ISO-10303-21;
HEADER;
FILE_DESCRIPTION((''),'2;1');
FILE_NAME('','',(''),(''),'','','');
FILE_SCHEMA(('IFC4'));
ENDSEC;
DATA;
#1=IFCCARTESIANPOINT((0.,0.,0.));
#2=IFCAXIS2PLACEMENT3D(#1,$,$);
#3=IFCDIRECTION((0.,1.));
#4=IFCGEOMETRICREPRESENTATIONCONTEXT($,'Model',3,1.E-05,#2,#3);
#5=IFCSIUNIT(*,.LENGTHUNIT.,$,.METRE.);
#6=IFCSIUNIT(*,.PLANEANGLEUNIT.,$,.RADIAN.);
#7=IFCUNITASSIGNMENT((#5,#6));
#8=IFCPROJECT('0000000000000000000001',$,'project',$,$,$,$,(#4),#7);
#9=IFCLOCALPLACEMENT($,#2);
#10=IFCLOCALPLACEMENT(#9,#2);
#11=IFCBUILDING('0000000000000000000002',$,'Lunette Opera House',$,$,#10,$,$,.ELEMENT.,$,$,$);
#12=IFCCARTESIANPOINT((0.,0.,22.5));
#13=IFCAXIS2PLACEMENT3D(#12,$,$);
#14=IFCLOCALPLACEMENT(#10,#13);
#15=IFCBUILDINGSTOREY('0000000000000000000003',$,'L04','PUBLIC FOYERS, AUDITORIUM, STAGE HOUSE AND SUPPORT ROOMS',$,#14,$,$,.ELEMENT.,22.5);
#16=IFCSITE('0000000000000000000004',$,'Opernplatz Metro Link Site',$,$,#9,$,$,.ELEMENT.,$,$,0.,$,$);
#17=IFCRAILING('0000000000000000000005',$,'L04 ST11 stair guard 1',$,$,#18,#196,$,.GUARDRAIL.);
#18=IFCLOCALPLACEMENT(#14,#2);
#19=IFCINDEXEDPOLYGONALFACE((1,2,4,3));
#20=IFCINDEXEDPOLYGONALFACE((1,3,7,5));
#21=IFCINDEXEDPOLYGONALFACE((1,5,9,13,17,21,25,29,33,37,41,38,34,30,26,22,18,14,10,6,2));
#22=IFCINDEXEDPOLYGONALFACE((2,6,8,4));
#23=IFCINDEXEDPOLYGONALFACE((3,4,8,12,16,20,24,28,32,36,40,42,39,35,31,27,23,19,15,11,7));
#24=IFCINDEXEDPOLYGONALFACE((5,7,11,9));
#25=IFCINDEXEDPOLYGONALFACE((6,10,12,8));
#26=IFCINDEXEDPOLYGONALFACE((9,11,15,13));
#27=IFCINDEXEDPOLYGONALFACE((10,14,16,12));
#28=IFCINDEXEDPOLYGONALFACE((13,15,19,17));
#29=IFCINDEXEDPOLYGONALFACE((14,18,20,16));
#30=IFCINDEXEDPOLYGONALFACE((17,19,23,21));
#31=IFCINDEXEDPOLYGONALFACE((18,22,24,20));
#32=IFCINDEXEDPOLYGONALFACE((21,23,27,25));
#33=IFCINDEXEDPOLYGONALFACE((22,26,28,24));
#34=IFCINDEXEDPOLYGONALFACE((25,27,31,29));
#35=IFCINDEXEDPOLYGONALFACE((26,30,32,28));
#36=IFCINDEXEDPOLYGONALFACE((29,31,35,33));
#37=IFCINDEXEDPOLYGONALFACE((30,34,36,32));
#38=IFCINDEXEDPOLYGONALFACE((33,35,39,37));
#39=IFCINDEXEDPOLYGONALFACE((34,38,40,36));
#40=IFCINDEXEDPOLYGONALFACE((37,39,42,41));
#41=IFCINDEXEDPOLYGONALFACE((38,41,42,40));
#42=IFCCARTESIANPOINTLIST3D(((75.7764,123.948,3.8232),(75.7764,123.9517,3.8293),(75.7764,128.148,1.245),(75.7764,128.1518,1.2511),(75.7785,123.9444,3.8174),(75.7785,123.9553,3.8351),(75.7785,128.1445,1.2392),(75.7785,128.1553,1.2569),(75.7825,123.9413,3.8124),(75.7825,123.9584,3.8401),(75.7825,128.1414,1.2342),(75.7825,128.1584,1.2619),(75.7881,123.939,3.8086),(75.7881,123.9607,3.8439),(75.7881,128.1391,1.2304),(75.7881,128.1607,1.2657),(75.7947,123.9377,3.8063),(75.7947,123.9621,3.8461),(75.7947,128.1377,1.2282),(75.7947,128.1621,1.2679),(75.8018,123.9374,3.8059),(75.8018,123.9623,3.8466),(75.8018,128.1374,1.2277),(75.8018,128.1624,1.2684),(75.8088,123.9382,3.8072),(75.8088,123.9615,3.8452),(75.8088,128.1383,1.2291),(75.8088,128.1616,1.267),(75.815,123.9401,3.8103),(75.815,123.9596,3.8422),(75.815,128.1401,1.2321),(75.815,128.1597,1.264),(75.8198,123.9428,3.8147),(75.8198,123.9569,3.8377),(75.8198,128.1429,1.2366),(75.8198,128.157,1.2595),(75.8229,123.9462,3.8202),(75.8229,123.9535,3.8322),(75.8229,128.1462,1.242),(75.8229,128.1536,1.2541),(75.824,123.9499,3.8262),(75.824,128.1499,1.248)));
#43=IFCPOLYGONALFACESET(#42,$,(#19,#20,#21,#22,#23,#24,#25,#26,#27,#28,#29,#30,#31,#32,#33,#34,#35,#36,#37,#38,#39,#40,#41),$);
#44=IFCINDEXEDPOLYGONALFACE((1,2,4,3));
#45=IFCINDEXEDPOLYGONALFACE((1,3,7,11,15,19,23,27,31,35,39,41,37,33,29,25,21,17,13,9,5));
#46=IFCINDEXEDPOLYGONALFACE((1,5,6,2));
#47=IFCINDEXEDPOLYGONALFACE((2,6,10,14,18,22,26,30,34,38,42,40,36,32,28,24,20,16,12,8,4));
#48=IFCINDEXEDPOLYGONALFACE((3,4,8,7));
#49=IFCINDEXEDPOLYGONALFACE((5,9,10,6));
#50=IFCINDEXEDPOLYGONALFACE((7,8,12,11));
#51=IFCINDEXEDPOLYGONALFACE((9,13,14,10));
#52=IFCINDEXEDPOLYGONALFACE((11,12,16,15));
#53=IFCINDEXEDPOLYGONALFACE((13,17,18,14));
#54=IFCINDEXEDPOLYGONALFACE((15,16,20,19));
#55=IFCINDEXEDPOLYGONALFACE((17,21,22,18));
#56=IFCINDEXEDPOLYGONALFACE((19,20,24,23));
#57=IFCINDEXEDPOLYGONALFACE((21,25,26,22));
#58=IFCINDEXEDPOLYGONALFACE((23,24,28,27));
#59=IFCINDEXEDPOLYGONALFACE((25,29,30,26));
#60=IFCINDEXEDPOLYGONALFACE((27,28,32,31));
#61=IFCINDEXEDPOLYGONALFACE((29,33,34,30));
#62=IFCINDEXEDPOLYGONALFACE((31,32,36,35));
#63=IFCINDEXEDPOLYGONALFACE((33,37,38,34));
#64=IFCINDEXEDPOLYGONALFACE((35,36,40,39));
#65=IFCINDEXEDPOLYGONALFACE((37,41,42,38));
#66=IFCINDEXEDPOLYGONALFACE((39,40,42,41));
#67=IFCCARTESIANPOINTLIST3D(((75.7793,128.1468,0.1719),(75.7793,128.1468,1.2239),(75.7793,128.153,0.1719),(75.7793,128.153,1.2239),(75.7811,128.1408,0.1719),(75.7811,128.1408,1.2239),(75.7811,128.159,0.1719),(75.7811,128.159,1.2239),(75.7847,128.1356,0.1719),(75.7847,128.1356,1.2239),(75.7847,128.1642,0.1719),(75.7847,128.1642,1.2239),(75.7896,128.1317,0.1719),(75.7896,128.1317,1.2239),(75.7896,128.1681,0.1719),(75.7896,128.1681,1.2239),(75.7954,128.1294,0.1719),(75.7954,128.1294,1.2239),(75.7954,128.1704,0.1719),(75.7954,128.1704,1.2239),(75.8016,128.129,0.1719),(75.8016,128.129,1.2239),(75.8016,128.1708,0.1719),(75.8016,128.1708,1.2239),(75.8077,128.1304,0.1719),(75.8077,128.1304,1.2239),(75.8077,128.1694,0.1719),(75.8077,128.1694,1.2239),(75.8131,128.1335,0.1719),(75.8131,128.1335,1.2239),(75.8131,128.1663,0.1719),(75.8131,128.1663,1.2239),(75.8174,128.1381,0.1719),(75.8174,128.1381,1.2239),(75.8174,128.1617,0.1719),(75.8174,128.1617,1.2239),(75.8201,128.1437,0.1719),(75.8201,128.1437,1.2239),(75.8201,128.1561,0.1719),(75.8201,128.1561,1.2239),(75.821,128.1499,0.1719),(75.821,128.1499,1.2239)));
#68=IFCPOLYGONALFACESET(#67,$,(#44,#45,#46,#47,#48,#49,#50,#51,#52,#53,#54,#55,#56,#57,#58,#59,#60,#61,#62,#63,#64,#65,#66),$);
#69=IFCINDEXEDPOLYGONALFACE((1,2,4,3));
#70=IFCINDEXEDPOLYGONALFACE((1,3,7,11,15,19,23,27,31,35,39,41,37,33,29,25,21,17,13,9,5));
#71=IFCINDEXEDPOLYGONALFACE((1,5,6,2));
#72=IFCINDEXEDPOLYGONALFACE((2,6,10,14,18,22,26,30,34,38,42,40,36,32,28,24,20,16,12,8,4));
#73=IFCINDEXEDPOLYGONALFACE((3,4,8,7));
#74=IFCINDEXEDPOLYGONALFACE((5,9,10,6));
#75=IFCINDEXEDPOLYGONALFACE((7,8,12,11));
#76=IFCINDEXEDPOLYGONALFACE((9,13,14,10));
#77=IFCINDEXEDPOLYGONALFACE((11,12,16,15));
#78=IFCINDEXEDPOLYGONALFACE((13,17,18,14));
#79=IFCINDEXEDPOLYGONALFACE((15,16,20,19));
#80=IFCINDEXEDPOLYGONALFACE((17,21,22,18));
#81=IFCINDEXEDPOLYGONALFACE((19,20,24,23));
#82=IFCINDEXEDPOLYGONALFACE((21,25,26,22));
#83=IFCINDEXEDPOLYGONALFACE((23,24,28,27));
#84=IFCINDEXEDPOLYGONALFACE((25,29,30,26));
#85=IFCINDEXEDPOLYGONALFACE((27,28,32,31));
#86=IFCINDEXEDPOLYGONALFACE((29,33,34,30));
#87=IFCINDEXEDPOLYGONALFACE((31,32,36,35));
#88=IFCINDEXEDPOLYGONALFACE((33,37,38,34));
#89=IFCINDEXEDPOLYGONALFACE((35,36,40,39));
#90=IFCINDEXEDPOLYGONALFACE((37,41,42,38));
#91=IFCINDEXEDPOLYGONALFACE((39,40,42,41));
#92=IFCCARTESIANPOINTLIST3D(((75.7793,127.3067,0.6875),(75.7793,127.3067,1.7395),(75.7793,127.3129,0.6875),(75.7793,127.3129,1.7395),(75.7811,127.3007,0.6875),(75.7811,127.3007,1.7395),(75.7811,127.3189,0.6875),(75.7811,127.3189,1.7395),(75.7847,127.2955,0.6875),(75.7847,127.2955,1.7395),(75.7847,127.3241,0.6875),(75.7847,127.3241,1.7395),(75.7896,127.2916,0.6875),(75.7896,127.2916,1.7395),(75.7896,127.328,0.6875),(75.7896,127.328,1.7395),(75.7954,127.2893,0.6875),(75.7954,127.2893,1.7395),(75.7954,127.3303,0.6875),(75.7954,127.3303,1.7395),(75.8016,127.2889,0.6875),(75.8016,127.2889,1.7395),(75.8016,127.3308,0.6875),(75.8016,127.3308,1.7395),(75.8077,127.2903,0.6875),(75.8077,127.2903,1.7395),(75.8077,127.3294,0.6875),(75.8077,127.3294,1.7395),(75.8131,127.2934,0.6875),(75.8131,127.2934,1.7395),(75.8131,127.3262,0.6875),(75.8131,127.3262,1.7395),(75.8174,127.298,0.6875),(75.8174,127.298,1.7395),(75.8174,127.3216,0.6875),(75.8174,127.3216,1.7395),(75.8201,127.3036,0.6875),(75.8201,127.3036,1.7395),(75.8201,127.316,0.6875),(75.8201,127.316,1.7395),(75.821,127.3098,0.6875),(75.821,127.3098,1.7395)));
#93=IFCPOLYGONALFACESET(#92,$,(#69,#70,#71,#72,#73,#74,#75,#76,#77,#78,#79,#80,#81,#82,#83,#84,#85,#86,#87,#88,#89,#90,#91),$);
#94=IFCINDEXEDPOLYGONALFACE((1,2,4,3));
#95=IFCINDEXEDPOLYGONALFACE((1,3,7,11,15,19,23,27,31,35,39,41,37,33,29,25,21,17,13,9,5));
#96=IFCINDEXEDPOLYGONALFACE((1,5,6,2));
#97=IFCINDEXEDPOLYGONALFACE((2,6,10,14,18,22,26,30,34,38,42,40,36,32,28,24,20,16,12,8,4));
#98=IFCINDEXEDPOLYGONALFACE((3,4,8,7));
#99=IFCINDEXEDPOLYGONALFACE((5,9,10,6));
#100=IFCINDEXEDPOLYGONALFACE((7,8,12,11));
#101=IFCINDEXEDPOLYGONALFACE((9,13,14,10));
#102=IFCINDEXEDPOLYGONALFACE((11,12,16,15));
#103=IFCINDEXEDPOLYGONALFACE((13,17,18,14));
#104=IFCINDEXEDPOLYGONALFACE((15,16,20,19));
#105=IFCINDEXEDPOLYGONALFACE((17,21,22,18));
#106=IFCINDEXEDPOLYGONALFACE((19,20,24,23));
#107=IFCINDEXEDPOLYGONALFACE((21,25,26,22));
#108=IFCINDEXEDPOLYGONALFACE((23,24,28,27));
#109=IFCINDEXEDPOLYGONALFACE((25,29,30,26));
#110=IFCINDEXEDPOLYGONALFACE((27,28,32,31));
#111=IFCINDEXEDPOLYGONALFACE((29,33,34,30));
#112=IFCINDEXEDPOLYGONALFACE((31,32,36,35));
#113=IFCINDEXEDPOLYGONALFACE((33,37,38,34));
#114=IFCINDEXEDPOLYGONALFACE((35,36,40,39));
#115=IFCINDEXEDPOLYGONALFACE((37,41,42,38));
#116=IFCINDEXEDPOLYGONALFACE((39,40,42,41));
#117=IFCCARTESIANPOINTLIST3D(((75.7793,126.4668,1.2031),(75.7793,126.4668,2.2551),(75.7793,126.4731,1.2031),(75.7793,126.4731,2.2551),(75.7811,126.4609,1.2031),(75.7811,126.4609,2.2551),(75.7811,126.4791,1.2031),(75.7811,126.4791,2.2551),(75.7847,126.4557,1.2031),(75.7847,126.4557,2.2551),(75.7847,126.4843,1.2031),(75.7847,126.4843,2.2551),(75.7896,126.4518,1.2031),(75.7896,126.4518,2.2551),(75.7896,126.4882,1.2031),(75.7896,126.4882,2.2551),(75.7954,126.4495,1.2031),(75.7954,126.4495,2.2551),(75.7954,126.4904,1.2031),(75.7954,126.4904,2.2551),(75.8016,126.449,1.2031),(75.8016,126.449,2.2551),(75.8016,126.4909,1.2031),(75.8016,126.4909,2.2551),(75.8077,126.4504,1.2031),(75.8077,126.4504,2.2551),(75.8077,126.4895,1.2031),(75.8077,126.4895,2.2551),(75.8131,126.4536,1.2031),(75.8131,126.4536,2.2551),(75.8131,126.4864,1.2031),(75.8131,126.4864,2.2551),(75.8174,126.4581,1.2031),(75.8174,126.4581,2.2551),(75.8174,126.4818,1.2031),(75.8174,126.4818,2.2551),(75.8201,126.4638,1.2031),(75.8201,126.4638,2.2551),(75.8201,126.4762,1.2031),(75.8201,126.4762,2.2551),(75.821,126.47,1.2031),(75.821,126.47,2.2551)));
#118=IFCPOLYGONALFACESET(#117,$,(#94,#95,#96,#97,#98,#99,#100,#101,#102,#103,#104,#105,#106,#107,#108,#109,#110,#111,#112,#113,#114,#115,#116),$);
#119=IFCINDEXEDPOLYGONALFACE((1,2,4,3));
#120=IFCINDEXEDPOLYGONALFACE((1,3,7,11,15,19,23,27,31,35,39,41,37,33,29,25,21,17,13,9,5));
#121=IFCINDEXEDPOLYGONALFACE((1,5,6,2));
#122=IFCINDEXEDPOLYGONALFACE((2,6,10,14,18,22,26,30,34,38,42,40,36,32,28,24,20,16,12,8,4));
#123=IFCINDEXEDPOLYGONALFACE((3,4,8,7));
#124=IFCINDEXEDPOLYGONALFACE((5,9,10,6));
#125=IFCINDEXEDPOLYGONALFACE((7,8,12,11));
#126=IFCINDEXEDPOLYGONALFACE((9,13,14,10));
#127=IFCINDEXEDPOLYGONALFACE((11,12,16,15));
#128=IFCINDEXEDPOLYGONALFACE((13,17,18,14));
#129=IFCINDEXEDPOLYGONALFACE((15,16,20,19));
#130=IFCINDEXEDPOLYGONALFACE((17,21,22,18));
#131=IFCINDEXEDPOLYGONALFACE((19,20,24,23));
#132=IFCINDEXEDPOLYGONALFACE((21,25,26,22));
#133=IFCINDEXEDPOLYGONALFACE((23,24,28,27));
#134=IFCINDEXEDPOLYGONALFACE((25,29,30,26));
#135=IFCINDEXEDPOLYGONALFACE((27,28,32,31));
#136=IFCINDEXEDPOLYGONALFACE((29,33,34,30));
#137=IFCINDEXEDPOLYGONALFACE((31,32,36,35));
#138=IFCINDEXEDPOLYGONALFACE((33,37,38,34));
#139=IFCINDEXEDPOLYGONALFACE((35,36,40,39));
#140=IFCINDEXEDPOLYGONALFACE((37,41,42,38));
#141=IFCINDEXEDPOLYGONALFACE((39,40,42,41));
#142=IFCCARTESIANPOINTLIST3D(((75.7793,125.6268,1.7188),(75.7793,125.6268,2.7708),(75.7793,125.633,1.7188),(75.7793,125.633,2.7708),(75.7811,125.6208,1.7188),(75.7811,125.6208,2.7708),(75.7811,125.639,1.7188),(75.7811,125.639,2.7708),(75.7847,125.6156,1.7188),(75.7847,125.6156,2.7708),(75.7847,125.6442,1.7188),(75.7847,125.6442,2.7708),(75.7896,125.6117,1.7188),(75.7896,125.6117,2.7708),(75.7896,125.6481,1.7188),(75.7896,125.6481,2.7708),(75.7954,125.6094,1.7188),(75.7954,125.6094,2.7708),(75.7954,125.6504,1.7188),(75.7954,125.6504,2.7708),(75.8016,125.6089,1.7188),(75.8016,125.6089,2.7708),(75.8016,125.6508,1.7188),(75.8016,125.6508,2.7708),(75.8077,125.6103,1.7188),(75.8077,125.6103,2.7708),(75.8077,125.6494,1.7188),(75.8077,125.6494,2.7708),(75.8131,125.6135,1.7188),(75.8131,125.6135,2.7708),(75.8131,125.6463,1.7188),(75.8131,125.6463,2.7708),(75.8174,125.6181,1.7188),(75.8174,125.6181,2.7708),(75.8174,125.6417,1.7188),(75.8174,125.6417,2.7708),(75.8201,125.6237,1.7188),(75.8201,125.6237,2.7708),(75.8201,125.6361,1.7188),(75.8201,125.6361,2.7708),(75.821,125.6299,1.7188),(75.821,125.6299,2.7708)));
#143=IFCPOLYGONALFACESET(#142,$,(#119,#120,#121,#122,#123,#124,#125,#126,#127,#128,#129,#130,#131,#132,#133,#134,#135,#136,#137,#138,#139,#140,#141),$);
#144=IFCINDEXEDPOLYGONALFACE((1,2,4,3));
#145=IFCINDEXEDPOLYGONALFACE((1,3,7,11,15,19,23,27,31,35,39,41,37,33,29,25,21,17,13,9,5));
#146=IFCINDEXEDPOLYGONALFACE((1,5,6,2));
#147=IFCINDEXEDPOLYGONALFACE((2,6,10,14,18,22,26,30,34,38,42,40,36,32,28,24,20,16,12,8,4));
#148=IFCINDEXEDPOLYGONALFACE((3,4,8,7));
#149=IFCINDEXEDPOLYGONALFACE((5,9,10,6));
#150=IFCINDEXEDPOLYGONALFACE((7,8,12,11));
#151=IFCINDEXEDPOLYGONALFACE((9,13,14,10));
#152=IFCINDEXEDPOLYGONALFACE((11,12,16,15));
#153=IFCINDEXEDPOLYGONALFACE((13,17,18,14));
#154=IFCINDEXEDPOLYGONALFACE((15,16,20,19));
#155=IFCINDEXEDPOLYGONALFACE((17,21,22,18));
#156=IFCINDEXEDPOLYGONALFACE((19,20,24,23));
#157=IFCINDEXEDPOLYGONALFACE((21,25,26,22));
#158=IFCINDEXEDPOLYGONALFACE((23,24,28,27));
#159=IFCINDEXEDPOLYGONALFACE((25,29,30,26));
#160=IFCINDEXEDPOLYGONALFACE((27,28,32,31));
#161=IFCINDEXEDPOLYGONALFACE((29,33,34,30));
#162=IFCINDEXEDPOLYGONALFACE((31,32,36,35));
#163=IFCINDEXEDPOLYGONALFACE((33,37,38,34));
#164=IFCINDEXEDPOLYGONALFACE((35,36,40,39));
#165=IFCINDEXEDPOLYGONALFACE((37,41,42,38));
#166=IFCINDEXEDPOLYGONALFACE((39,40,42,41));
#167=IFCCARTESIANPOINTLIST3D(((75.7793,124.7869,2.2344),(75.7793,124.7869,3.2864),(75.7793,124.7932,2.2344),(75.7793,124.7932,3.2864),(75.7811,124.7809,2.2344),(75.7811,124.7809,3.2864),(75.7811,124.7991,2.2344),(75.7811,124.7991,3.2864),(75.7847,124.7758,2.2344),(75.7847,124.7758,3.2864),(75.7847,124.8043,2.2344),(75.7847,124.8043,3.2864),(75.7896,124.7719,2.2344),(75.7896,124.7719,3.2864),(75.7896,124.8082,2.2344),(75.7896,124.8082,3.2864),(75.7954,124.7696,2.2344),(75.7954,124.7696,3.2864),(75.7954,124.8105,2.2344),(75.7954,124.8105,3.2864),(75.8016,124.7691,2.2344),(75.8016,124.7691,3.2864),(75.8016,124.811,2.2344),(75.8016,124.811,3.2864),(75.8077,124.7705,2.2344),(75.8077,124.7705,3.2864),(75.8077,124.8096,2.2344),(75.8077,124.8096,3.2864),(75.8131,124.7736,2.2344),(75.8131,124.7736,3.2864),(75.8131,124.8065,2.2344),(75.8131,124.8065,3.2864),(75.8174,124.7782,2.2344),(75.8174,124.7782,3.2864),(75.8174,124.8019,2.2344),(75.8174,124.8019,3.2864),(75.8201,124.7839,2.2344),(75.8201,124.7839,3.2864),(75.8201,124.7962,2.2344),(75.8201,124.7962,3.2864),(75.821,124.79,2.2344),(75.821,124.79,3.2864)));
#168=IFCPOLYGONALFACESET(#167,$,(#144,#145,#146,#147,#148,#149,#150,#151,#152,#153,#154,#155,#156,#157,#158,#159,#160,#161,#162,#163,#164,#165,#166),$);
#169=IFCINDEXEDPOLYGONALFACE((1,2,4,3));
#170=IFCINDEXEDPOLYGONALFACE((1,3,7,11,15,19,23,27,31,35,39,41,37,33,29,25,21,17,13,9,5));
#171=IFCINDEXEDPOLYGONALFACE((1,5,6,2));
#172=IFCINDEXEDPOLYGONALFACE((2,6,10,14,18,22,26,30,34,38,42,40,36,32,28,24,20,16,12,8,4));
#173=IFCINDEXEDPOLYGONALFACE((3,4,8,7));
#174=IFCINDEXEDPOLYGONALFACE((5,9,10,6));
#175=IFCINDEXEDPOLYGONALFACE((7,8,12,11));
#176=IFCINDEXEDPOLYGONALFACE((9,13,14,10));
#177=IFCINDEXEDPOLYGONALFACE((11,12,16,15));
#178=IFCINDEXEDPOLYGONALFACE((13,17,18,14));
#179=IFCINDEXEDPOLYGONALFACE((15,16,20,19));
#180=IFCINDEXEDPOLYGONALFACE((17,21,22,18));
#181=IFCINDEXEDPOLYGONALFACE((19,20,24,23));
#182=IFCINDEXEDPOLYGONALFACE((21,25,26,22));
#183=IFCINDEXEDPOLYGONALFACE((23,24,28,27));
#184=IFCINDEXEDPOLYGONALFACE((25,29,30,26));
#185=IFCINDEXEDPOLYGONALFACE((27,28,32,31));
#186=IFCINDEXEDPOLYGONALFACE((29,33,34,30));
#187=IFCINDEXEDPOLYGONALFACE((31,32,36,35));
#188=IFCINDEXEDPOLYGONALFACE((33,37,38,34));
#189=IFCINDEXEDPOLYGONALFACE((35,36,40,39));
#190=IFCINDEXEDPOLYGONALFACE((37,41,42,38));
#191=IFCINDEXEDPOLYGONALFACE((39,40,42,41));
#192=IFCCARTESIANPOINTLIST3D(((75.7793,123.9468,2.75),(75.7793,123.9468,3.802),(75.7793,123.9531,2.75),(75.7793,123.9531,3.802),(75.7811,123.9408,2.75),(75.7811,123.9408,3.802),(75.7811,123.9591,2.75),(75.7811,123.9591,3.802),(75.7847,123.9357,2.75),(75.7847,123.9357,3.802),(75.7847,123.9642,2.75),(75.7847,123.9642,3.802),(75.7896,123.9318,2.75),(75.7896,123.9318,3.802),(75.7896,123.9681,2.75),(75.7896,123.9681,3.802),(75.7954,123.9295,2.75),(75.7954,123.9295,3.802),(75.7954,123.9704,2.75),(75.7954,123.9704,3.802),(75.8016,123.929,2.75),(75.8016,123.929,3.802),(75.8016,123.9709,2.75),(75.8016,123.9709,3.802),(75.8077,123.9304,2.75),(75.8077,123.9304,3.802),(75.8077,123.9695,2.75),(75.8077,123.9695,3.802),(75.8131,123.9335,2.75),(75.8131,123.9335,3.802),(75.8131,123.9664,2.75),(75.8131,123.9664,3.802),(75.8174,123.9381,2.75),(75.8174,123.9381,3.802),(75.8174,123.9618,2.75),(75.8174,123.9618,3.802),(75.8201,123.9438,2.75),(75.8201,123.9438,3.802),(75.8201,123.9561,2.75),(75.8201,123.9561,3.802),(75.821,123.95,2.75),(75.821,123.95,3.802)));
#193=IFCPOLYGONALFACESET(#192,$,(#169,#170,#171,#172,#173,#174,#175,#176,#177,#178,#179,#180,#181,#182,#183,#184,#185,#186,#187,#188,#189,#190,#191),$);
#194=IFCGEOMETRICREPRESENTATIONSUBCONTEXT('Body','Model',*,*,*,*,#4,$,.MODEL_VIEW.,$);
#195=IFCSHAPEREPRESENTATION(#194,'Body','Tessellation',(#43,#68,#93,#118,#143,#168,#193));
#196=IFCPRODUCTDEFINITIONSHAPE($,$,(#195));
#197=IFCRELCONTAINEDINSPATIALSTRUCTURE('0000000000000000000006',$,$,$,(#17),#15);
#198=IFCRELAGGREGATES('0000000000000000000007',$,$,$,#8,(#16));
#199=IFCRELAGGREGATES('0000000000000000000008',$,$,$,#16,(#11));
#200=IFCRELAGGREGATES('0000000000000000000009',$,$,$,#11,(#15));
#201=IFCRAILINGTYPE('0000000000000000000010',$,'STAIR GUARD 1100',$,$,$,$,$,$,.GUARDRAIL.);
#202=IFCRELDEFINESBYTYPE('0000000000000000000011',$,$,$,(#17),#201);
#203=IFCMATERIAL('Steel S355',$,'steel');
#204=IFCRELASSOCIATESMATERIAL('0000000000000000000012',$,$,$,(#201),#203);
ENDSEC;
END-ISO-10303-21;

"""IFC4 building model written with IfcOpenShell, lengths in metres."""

from ifc_helpers import new_model, si_unit, direction, frame, origin, origin_2d, place, context, subcontext, project, spatial, circle, extrude, material, type_object, element, save


model = new_model("IFC4")

# Units and contexts
model_context = context("Model", 3, precision=1e-05, world=origin(), true_north=direction((0.0, 1.0)))
body_context = subcontext(model_context, "Body", "Model", "MODEL_VIEW")
ifc_project = project(units=[si_unit("LENGTHUNIT", "METRE"), si_unit("PLANEANGLEUNIT", "RADIAN")], contexts=[model_context])

# Site, building, storey
site_placement = place(None, origin())
site = spatial("IfcSite", under=ifc_project, at=site_placement, Name="Opernplatz Metro Link Site", CompositionType="ELEMENT", RefElevation=0.0)
building_placement = place(site_placement, origin())
building = spatial("IfcBuilding", under=site, at=building_placement, Name="Lunette Opera House", CompositionType="ELEMENT")
storey_placement = place(building_placement, frame((0.0, 0.0, 22.5)))
storey = spatial("IfcBuildingStorey", under=building, at=storey_placement, Name="L04", Description="PUBLIC FOYERS, AUDITORIUM, STAGE HOUSE AND SUPPORT ROOMS", CompositionType="ELEMENT", Elevation=22.5)

# Railing
ifc_material_1 = material(Name="Steel S355", Category="steel")
railing_type_1 = type_object("IfcRailingType", Name="STAIR GUARD 1100", PredefinedType="GUARDRAIL", material=ifc_material_1)
railing_1_placement = place(storey_placement, frame((75.8, 128.1499, 0.1719)))
element("IfcRailing", 1, at=railing_1_placement, inside=storey, type_object=railing_type_1, Name="L04 ST11 stair guard 1", PredefinedType="GUARDRAIL", context=body_context, shape_type="SweptSolid", body=[
    extrude(circle(Radius=0.0239, at=origin_2d()), frame((0.0, 0.0, 1.0762), z_axis=(0.0, -0.852243, 0.523146), x_axis=(1.0, 0.0, 0.0)), (0.0, 0.0, 1.0), 4.9282),
    extrude(circle(Radius=0.021, at=origin_2d()), origin(), (0.0, 0.0, 1.0), 1.052),
    extrude(circle(Radius=0.021, at=origin_2d()), frame((0.0, -0.8401, 0.5156)), (0.0, 0.0, 1.0), 1.052),
    extrude(circle(Radius=0.021, at=origin_2d()), frame((0.0, -1.6799, 1.0312)), (0.0, 0.0, 1.0), 1.052),
    extrude(circle(Radius=0.021, at=origin_2d()), frame((0.0, -2.52, 1.5469)), (0.0, 0.0, 1.0), 1.052),
    extrude(circle(Radius=0.021, at=origin_2d()), frame((0.0, -3.3599, 2.0625)), (0.0, 0.0, 1.0), 1.052),
    extrude(circle(Radius=0.021, at=origin_2d()), frame((0.0, -4.2, 2.5781)), (0.0, 0.0, 1.0), 1.052),
])

save(model, "model.ifc")
